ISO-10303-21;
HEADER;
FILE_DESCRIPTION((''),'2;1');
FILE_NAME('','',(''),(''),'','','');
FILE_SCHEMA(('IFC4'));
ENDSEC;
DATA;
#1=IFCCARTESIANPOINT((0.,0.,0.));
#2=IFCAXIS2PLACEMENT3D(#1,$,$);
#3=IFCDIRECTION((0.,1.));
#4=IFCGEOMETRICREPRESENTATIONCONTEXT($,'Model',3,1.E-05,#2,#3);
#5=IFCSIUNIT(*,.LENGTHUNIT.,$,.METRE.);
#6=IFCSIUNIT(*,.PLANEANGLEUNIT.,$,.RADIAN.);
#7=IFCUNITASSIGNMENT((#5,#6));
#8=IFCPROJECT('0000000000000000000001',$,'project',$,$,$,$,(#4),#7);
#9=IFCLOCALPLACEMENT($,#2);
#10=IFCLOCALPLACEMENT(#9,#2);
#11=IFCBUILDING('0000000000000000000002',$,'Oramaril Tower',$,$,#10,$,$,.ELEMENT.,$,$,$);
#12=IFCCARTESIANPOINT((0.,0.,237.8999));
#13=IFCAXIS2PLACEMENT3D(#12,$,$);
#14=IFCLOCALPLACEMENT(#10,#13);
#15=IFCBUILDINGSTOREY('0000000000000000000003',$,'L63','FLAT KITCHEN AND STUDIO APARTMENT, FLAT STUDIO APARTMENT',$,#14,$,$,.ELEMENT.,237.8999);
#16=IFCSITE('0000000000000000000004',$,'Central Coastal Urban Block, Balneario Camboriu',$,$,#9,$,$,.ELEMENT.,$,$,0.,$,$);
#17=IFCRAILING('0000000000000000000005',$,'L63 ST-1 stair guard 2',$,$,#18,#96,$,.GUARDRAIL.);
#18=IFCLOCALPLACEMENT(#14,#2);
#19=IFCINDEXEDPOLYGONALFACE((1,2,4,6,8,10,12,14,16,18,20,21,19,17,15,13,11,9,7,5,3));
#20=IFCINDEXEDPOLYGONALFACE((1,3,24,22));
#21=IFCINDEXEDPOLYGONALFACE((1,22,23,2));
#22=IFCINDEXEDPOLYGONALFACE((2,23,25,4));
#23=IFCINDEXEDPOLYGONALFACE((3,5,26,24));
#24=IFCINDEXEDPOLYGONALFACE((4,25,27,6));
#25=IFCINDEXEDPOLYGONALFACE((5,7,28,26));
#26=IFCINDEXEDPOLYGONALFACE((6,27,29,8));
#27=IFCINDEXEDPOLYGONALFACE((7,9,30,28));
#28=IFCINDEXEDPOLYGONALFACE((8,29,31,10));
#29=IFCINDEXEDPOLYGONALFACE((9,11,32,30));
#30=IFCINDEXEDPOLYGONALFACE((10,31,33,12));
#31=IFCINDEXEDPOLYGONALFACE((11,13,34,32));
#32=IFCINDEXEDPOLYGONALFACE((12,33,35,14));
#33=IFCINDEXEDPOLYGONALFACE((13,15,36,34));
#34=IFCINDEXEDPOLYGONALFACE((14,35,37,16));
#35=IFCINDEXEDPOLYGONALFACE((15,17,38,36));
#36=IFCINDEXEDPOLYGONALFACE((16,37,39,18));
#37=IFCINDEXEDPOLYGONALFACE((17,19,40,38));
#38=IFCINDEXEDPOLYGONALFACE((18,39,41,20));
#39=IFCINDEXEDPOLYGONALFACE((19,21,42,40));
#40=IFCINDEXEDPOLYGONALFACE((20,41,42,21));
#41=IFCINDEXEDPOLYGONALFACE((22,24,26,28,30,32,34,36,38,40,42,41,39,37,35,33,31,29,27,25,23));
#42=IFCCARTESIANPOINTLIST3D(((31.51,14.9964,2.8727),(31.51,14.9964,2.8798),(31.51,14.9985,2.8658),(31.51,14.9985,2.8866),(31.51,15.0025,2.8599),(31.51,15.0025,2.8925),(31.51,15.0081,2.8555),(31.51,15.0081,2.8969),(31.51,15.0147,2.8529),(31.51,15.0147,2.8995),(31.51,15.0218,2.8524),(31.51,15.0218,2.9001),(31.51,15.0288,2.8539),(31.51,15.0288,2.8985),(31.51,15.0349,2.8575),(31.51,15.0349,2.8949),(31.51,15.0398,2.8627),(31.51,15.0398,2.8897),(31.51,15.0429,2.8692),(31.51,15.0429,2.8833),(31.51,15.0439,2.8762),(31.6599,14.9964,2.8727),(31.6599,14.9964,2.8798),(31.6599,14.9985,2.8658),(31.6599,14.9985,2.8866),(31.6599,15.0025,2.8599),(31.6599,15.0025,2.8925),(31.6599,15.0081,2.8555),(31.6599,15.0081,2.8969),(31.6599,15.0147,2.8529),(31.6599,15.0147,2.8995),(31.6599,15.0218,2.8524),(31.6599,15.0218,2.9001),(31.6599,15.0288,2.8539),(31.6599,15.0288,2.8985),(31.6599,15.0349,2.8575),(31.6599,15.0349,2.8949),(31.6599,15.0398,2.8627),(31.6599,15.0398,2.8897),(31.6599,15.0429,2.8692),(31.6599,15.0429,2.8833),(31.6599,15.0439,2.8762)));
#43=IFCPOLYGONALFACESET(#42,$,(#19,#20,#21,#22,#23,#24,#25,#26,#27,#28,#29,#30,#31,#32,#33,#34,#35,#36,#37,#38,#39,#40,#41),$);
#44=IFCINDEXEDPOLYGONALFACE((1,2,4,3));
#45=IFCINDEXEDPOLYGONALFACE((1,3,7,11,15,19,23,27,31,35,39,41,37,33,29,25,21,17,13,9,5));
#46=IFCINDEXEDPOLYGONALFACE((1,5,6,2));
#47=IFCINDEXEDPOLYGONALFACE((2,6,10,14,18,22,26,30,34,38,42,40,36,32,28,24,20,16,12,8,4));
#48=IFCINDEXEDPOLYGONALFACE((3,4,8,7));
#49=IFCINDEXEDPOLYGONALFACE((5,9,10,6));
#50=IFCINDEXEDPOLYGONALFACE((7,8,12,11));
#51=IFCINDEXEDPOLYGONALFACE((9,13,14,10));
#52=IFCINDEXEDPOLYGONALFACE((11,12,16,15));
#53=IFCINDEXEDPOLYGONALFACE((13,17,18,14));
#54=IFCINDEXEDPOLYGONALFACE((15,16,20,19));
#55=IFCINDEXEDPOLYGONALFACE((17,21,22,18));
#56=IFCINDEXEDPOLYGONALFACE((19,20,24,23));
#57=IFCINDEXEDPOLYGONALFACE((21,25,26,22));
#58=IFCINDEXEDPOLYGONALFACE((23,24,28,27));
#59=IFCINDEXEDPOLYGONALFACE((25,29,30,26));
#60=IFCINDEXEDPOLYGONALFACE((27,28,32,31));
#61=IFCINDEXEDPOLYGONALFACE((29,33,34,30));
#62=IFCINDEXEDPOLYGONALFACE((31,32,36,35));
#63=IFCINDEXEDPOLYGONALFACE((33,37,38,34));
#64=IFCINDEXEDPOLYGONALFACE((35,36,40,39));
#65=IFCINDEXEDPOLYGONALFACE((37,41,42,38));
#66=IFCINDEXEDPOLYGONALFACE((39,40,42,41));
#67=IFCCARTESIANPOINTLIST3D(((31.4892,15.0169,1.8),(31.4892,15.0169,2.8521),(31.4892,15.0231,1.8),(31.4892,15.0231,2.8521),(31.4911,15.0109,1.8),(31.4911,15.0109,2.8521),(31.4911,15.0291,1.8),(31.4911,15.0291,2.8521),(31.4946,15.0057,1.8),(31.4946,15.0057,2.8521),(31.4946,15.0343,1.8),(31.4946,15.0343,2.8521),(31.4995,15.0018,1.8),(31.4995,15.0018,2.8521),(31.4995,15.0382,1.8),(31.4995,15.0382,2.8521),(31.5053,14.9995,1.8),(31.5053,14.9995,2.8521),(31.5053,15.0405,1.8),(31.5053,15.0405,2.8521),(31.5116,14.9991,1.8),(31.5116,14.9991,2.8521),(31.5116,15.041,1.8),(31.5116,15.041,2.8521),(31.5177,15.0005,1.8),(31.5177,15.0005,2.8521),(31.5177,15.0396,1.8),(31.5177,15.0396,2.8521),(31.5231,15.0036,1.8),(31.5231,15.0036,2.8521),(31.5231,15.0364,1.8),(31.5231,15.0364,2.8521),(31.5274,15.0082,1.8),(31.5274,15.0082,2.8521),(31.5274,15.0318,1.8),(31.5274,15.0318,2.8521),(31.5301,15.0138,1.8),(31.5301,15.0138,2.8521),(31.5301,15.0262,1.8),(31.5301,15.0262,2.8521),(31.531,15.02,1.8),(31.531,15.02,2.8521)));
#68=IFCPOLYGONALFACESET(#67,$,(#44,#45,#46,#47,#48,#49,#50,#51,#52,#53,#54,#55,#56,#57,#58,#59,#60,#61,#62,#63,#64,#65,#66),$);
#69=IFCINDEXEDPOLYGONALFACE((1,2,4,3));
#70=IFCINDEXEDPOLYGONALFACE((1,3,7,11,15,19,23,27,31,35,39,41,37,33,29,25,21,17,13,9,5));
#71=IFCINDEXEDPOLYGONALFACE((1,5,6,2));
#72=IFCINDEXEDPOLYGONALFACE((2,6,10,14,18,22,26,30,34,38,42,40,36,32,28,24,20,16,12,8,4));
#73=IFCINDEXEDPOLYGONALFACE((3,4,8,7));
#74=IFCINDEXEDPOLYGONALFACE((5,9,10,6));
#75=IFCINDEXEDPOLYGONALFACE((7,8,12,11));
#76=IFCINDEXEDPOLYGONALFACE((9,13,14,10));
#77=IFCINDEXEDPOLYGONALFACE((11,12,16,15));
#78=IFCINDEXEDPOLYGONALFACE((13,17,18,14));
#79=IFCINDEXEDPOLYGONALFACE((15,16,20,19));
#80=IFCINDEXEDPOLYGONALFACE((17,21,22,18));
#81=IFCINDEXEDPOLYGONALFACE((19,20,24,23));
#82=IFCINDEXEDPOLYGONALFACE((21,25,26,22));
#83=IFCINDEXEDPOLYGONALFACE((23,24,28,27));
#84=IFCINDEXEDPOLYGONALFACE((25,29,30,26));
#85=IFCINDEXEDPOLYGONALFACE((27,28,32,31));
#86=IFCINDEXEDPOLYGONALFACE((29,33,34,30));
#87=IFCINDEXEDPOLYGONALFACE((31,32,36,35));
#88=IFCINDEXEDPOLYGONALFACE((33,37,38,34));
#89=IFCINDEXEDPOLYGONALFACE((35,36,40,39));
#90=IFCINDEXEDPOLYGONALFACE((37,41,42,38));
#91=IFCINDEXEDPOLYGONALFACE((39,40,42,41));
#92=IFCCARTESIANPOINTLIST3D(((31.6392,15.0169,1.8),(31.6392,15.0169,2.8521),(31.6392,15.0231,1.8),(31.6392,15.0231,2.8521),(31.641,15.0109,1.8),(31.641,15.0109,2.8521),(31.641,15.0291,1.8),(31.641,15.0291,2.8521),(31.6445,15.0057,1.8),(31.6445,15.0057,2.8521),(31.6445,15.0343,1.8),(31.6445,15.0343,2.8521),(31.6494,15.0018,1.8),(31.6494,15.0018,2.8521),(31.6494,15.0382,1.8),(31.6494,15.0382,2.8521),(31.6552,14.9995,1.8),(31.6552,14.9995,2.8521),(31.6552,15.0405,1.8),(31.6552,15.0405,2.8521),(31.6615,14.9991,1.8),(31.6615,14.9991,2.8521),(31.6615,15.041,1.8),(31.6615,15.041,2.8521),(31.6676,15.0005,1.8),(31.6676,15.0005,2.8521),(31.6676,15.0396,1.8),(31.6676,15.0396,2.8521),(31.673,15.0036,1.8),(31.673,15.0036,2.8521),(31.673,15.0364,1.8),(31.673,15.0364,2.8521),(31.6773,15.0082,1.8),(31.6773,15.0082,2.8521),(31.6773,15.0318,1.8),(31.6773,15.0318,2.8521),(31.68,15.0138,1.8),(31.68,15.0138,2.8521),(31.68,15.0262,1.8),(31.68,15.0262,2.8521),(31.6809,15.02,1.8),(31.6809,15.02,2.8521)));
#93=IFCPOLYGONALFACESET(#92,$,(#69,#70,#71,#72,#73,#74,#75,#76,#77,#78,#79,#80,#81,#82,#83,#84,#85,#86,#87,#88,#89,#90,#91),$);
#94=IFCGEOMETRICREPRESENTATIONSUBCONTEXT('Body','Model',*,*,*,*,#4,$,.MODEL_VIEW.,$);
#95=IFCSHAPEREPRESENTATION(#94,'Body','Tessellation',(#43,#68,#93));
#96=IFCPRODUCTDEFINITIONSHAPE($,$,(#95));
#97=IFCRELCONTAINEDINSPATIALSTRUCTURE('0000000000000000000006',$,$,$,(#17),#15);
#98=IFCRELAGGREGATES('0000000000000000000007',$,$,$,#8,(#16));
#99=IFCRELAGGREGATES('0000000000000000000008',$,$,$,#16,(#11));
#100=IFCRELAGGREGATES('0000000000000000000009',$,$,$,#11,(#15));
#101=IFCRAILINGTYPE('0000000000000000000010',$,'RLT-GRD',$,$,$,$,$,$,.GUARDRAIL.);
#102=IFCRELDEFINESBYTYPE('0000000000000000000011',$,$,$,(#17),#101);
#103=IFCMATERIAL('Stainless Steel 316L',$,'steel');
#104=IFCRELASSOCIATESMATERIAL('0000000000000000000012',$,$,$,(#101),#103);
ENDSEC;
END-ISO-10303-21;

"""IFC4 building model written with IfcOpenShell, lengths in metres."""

from ifc_helpers import new_model, si_unit, direction, frame, origin, origin_2d, place, context, subcontext, project, spatial, circle, extrude, material, type_object, element, save


model = new_model("IFC4")

# Units and contexts
model_context = context("Model", 3, precision=1e-05, world=origin(), true_north=direction((0.0, 1.0)))
body_context = subcontext(model_context, "Body", "Model", "MODEL_VIEW")
ifc_project = project(units=[si_unit("LENGTHUNIT", "METRE"), si_unit("PLANEANGLEUNIT", "RADIAN")], contexts=[model_context])

# Site, building, storey
site_placement = place(None, origin())
site = spatial("IfcSite", under=ifc_project, at=site_placement, Name="Central Coastal Urban Block, Balneario Camboriu", CompositionType="ELEMENT", RefElevation=0.0)
building_placement = place(site_placement, origin())
building = spatial("IfcBuilding", under=site, at=building_placement, Name="Oramaril Tower", CompositionType="ELEMENT")
storey_placement = place(building_placement, frame((0.0, 0.0, 237.8999)))
storey = spatial("IfcBuildingStorey", under=building, at=storey_placement, Name="L63", Description="FLAT KITCHEN AND STUDIO APARTMENT, FLAT STUDIO APARTMENT", CompositionType="ELEMENT", Elevation=237.8999)

# Railing
ifc_material_1 = material(Name="Stainless Steel 316L", Category="steel")
railing_type_1 = type_object("IfcRailingType", Name="RLT-GRD", PredefinedType="GUARDRAIL", material=ifc_material_1)
railing_1_placement = place(storey_placement, frame((31.51, 15.02, 1.8)))
element("IfcRailing", 1, at=railing_1_placement, inside=storey, type_object=railing_type_1, Name="L63 ST-1 stair guard 2", PredefinedType="GUARDRAIL", context=body_context, shape_type="SweptSolid", body=[
    extrude(circle(Radius=0.0239, at=origin_2d()), frame((0.0, 0.0, 1.0762), z_axis=(1.0, 0.0, 0.0), x_axis=(0.0, 1.0, 0.0)), (0.0, 0.0, 1.0), 0.1499),
    extrude(circle(Radius=0.021, at=origin_2d()), origin(), (0.0, 0.0, 1.0), 1.052),
    extrude(circle(Radius=0.021, at=origin_2d()), frame((0.1499, 0.0, 0.0)), (0.0, 0.0, 1.0), 1.052),
])

save(model, "model.ifc")
